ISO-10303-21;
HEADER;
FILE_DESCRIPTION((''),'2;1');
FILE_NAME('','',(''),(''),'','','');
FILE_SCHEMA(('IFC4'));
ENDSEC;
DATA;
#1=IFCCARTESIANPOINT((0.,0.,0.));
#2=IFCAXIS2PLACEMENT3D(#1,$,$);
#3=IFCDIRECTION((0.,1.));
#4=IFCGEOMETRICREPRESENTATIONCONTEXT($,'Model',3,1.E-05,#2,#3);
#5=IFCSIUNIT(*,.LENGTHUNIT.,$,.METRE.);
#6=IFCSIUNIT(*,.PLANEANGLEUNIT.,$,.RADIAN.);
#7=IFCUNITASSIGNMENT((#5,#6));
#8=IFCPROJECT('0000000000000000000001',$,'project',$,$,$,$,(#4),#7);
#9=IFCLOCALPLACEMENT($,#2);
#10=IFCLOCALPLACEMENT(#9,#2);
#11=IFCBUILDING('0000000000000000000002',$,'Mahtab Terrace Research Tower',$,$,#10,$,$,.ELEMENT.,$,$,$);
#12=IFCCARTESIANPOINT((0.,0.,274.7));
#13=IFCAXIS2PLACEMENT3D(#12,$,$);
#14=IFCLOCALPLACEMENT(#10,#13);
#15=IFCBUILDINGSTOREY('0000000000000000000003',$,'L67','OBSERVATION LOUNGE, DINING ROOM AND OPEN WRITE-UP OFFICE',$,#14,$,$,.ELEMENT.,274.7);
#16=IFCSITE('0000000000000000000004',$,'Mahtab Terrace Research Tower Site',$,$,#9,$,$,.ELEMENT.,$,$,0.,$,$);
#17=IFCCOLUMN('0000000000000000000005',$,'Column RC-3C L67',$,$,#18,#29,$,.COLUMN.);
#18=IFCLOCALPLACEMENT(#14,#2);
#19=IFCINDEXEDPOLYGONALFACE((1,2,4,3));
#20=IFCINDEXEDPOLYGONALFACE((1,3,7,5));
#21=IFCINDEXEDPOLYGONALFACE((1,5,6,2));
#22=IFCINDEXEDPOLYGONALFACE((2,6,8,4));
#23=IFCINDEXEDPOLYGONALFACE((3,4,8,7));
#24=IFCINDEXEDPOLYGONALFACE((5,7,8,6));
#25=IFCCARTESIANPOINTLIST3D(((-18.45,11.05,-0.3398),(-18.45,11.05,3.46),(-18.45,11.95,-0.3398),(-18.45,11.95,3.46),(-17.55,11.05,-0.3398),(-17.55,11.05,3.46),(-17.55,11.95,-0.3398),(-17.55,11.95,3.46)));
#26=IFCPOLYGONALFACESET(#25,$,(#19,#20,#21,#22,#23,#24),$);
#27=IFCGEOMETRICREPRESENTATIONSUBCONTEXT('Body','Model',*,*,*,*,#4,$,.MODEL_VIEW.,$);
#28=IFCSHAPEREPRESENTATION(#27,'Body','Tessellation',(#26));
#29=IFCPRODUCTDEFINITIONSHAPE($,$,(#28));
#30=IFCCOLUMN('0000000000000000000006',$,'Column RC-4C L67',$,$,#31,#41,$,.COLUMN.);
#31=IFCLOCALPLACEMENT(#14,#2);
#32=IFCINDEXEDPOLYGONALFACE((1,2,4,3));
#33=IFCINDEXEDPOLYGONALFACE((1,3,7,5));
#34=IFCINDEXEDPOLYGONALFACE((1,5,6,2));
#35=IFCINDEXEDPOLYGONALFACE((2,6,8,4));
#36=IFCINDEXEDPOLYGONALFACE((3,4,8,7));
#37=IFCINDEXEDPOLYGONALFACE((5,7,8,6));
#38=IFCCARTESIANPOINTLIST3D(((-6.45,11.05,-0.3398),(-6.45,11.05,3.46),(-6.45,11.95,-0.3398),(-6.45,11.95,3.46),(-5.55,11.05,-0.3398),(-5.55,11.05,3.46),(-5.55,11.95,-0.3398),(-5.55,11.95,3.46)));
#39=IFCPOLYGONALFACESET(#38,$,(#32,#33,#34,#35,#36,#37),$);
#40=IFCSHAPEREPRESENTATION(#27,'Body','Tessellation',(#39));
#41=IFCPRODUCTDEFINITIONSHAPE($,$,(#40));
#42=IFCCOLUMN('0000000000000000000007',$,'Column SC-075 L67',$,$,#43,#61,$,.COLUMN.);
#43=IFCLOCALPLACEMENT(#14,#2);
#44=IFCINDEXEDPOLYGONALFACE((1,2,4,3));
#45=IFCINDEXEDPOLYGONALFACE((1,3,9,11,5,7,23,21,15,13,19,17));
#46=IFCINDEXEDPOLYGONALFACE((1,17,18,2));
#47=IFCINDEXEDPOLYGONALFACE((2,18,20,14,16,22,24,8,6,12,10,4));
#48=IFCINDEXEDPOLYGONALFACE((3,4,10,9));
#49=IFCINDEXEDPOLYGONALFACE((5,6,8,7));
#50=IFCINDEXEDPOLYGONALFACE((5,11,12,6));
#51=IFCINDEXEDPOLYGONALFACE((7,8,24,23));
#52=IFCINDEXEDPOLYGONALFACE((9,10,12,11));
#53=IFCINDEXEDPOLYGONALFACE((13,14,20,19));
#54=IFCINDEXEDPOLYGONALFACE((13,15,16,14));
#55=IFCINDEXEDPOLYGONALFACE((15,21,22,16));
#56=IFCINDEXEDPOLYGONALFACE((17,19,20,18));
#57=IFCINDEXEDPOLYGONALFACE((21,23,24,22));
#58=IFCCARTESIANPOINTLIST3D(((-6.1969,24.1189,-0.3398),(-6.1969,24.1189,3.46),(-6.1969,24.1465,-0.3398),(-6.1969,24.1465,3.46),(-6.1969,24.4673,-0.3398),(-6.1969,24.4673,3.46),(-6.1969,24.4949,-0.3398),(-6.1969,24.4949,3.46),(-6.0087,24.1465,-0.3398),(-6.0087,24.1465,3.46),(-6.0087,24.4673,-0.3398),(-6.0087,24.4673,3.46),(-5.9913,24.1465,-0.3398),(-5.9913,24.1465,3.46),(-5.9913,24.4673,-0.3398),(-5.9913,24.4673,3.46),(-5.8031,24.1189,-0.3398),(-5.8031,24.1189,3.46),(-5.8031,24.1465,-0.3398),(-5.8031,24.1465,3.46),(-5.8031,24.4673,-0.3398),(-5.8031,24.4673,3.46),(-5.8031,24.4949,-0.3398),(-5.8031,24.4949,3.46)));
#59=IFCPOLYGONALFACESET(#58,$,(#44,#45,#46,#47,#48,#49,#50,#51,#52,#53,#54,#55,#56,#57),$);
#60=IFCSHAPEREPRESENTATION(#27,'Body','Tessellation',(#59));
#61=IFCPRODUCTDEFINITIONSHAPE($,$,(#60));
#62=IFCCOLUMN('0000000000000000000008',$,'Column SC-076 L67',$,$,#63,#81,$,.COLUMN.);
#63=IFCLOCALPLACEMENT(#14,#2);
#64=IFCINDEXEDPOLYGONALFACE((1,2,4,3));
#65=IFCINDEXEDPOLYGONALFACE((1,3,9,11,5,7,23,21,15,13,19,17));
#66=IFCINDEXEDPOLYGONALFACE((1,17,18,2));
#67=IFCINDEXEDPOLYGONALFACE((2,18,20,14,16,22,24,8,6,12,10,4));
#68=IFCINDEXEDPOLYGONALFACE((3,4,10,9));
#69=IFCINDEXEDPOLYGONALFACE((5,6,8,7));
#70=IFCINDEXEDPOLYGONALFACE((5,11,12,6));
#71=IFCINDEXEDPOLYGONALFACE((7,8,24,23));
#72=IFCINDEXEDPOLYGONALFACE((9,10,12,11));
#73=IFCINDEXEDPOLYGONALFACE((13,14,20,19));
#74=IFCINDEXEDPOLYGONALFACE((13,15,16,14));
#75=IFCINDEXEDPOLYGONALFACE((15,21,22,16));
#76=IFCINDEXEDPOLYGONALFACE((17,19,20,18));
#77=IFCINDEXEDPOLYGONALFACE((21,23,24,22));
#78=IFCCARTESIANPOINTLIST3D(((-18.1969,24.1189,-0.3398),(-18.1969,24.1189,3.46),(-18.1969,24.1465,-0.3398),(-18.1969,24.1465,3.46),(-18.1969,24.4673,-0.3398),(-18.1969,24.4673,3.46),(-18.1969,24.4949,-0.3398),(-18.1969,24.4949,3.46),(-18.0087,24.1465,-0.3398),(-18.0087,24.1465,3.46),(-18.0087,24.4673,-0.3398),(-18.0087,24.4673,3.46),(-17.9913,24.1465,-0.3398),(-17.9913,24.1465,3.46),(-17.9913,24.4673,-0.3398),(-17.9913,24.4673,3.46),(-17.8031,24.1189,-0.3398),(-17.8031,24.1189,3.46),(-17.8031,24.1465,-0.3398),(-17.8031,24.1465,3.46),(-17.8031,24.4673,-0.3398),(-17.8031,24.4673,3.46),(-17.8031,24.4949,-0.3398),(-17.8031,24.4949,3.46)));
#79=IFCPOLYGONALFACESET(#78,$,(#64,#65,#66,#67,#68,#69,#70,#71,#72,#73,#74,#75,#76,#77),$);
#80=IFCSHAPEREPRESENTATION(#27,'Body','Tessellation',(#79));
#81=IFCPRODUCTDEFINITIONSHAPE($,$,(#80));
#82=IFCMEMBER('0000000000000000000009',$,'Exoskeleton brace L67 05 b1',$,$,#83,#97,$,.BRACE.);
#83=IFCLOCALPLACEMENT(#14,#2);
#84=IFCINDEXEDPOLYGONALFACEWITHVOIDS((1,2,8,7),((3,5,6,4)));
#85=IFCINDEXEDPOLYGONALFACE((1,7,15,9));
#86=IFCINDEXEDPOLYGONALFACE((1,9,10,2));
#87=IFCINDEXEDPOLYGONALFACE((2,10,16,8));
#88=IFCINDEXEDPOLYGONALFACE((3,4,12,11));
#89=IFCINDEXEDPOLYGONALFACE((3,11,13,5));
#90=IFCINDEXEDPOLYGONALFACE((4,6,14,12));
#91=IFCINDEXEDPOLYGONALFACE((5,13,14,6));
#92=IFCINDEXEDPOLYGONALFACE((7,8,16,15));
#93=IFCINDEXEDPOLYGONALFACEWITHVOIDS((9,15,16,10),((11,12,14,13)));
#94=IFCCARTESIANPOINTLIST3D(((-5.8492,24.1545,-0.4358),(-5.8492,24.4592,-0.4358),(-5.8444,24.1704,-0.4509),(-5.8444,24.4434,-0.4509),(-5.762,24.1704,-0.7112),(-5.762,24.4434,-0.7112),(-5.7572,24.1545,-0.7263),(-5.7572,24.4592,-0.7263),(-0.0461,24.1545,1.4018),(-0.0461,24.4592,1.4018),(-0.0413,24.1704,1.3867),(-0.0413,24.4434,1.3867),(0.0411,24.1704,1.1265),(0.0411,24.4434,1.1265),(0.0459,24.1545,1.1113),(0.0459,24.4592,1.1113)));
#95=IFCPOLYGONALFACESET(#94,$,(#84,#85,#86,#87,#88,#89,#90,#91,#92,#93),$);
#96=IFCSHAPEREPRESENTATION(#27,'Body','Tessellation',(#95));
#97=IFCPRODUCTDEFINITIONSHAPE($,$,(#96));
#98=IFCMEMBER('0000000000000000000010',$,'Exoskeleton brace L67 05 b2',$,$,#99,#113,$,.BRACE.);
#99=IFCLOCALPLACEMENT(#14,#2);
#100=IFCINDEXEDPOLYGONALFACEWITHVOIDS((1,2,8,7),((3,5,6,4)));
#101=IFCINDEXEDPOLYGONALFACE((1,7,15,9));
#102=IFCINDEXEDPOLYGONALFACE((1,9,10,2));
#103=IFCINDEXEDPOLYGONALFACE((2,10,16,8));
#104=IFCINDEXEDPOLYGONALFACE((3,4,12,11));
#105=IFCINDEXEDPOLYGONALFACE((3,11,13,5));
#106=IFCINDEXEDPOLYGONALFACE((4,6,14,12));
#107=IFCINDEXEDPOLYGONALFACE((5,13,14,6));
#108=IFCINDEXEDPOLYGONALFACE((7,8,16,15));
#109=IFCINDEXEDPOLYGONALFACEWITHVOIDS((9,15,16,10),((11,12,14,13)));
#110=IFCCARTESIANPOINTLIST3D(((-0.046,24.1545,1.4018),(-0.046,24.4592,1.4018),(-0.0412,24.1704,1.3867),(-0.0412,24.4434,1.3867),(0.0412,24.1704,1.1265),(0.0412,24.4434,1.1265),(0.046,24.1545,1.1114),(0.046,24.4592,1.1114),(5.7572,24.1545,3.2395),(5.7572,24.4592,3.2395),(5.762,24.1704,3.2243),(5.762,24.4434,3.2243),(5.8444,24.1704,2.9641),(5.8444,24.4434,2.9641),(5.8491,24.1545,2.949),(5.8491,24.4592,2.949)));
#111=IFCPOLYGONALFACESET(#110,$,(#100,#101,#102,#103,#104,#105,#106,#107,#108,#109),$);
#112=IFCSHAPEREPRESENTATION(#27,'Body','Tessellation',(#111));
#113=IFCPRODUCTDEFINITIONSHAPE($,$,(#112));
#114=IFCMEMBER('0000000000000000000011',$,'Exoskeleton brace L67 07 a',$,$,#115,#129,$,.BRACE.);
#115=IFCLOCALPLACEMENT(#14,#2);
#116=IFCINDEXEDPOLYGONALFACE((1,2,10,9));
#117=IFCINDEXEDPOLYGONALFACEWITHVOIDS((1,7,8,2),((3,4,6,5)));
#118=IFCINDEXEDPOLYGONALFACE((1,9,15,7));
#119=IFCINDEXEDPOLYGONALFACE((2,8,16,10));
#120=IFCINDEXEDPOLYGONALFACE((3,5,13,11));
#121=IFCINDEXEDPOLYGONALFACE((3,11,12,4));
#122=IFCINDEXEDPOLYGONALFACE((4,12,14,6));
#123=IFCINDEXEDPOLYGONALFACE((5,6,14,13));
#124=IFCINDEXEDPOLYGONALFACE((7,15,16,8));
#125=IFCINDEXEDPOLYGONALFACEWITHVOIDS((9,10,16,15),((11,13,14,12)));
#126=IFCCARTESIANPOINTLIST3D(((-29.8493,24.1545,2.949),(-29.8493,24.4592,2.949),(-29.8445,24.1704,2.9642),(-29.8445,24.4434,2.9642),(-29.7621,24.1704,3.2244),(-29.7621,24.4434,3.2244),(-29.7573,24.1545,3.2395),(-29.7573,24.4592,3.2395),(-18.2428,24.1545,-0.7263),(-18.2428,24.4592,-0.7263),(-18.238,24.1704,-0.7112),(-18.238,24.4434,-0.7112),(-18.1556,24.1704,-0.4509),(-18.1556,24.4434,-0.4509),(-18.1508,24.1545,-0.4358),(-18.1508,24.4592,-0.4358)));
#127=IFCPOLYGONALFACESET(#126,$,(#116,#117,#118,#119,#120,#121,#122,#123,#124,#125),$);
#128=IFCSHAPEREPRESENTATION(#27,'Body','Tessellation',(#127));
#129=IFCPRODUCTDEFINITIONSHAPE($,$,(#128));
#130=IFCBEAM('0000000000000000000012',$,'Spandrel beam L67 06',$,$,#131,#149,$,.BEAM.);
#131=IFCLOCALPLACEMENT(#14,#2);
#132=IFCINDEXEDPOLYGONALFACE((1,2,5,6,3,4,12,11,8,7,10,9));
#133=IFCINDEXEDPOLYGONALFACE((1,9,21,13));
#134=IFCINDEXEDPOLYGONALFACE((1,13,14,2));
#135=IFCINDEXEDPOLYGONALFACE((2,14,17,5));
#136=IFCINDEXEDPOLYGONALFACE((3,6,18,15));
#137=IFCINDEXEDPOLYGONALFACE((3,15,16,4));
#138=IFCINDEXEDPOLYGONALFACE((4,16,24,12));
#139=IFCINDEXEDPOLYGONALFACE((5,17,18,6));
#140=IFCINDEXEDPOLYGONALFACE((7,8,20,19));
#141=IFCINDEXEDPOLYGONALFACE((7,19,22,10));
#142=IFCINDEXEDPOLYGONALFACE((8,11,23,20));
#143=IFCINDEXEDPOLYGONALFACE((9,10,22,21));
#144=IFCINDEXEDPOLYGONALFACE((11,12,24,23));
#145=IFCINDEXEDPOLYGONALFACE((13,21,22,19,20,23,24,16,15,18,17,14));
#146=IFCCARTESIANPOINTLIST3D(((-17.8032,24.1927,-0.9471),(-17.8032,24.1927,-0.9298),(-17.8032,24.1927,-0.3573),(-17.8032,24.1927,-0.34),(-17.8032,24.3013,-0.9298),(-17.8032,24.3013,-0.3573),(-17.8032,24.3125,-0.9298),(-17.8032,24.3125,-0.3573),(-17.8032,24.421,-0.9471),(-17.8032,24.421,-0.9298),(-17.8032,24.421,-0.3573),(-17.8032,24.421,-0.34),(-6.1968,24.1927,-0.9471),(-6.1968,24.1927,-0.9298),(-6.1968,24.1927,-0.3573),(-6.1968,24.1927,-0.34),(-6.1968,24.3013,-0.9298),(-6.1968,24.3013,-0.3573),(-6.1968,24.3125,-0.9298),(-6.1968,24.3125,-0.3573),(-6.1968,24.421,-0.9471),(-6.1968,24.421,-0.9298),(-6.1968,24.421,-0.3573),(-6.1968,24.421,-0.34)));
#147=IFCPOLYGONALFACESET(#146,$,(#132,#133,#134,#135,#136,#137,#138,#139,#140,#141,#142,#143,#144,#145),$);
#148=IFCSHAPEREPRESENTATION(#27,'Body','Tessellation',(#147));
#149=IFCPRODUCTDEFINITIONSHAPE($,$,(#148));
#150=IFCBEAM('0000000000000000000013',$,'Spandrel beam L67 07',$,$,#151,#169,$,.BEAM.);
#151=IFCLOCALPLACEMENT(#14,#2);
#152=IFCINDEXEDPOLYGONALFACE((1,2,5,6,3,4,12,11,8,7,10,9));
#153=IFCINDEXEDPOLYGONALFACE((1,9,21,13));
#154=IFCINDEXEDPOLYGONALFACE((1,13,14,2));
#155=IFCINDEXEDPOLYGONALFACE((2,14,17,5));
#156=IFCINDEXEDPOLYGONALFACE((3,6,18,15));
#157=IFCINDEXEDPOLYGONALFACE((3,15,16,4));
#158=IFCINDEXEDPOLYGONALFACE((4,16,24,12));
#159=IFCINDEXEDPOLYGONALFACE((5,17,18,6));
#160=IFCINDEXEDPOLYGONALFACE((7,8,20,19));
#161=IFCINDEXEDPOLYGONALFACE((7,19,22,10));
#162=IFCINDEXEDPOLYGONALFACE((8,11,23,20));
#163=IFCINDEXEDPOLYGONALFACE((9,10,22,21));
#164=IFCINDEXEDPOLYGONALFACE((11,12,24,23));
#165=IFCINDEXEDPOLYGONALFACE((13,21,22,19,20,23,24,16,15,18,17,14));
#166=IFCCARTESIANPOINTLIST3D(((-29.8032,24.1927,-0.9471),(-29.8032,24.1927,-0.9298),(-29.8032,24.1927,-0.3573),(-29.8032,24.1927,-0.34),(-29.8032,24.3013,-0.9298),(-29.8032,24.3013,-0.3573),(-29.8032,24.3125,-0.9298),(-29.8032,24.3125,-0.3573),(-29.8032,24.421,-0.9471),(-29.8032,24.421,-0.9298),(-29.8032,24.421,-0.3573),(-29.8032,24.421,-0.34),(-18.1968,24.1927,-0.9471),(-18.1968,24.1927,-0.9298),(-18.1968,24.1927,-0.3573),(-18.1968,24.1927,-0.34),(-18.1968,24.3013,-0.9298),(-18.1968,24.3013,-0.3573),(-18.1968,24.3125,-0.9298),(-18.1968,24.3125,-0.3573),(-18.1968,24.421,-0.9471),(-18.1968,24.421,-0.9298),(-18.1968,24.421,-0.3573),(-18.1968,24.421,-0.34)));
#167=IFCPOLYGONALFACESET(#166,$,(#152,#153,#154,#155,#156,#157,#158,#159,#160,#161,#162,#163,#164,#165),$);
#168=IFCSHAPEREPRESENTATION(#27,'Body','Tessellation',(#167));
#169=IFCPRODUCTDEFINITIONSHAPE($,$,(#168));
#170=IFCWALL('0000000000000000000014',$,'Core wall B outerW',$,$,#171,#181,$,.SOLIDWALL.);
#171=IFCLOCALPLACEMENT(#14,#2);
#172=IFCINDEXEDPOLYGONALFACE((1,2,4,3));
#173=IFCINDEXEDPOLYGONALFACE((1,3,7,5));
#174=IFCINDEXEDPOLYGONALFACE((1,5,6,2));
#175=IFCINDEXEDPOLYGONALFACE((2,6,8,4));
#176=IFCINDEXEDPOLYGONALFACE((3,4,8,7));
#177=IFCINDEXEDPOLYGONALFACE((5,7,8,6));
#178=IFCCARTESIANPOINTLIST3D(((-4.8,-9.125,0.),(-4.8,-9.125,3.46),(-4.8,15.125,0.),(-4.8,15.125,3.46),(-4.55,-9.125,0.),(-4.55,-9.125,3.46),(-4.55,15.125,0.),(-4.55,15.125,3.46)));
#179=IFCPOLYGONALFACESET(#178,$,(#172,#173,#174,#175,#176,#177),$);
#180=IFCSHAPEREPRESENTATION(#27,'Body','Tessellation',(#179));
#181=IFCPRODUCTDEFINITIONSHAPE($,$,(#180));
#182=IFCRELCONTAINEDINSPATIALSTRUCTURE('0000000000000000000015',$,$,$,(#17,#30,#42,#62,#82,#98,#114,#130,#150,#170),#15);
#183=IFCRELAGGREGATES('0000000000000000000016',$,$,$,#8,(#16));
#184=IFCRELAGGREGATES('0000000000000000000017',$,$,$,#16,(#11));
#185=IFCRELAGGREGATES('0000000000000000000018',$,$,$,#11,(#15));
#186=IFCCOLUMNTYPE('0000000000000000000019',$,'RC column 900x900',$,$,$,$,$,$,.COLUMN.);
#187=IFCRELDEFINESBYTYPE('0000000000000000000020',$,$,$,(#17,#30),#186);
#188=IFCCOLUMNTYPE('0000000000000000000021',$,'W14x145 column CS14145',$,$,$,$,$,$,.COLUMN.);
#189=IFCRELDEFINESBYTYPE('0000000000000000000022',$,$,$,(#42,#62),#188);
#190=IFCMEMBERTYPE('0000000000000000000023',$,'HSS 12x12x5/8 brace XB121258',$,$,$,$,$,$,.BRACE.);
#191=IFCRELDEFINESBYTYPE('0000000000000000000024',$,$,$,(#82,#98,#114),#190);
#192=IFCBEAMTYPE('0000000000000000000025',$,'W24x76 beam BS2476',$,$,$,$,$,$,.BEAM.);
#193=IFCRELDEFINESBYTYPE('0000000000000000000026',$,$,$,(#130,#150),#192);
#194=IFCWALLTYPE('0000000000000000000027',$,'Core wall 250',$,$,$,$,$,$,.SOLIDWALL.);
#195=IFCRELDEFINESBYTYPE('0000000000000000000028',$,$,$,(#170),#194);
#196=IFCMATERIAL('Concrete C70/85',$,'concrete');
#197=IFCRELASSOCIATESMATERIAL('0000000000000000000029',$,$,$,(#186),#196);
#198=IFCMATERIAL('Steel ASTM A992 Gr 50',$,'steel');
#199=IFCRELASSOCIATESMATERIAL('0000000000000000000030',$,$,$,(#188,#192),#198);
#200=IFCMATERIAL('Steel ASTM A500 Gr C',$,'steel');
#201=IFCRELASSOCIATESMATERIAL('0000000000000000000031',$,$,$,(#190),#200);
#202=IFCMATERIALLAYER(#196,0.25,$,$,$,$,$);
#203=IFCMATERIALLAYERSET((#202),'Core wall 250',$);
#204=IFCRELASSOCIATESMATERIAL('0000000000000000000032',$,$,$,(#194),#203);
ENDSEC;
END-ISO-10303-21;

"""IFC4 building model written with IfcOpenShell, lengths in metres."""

from ifc_helpers import new_model, si_unit, direction, frame, frame_2d, origin, origin_2d, place, context, subcontext, project, spatial, rectangle, hollow_rectangle, i_section, extrude, material, layer, layer_set, material_profile, profile_set, type_object, element, save


model = new_model("IFC4")

# Units and contexts
model_context = context("Model", 3, precision=1e-05, world=origin(), true_north=direction((0.0, 1.0)))
body_context = subcontext(model_context, "Body", "Model", "MODEL_VIEW")
ifc_project = project(units=[si_unit("LENGTHUNIT", "METRE"), si_unit("PLANEANGLEUNIT", "RADIAN")], contexts=[model_context])

# Site, building, storey
site_placement = place(None, origin())
site = spatial("IfcSite", under=ifc_project, at=site_placement, Name="Mahtab Terrace Research Tower Site", CompositionType="ELEMENT", RefElevation=0.0)
building_placement = place(site_placement, origin())
building = spatial("IfcBuilding", under=site, at=building_placement, Name="Mahtab Terrace Research Tower", CompositionType="ELEMENT")
storey_placement = place(building_placement, frame((0.0, 0.0, 274.7)))
storey = spatial("IfcBuildingStorey", under=building, at=storey_placement, Name="L67", Description="OBSERVATION LOUNGE, DINING ROOM AND OPEN WRITE-UP OFFICE", CompositionType="ELEMENT", Elevation=274.7)

# Columns
ifc_material_1 = material(Name="Concrete C70/85", Category="concrete")
ifc_material_profile_1 = material_profile(ifc_material_1, rectangle(XDim=0.8999, YDim=0.8999, at=origin_2d()), Name="RC column 900x900")
ifc_profile_set_1 = profile_set([ifc_material_profile_1], Name="Concrete C70/85")
column_type_1 = type_object("IfcColumnType", Name="RC column 900x900", PredefinedType="COLUMN", material=ifc_profile_set_1)
for number, where, z_axis, x_axis, name in (
    (1, (-18.0, 11.5, -0.3398), (0.0, 0.0, 1.0), (1.0, 0.0, 0.0), "Column RC-3C L67"),
    (2, (-6.0, 11.5, -0.3398), (0.0, 0.0, 1.0), (1.0, 0.0, 0.0), "Column RC-4C L67"),
):
    element("IfcColumn", number, at=place(storey_placement, frame(where, z_axis=z_axis, x_axis=x_axis)), inside=storey, type_object=column_type_1, Name=name, PredefinedType="COLUMN", context=body_context, shape_type="SweptSolid", body=[
        extrude(rectangle(XDim=0.8999, YDim=0.8999, at=origin_2d()), origin(), (0.0, 0.0, 1.0), 3.7998),
    ])
ifc_material_2 = material(Name="Steel ASTM A992 Gr 50", Category="steel")
ifc_material_profile_2 = material_profile(ifc_material_2, i_section(OverallWidth=0.3938, OverallDepth=0.376, WebThickness=0.0173, FlangeThickness=0.0276, at=origin_2d()), Name="W14X145")
ifc_profile_set_2 = profile_set([ifc_material_profile_2], Name="Steel ASTM A992 Gr 50")
column_type_2 = type_object("IfcColumnType", Name="W14x145 column CS14145", PredefinedType="COLUMN", material=ifc_profile_set_2)
for number, where, z_axis, x_axis, name in (
    (3, (-6.0, 24.3069, -0.3398), (0.0, 0.0, 1.0), (1.0, 0.0, 0.0), "Column SC-075 L67"),
    (4, (-18.0, 24.3069, -0.3398), (0.0, 0.0, 1.0), (1.0, 0.0, 0.0), "Column SC-076 L67"),
):
    element("IfcColumn", number, at=place(storey_placement, frame(where, z_axis=z_axis, x_axis=x_axis)), inside=storey, type_object=column_type_2, Name=name, PredefinedType="COLUMN", context=body_context, shape_type="SweptSolid", body=[
        extrude(i_section(OverallWidth=0.3938, OverallDepth=0.376, WebThickness=0.0173, FlangeThickness=0.0276, at=origin_2d()), origin(), (0.0, 0.0, 1.0), 3.7998),
    ])

# Members
ifc_material_3 = material(Name="Steel ASTM A500 Gr C", Category="steel")
ifc_material_profile_3 = material_profile(ifc_material_3, hollow_rectangle(XDim=0.3047, YDim=0.3047, WallThickness=0.0159, at=origin_2d()), Name="HSS12X12X5/8")
ifc_profile_set_3 = profile_set([ifc_material_profile_3], Name="Steel ASTM A500 Gr C")
member_type = type_object("IfcMemberType", Name="HSS 12x12x5/8 brace XB121258", PredefinedType="BRACE", material=ifc_profile_set_3)
for number, where, z_axis, x_axis, name in (
    (5, (-5.8032, 24.3069, -0.5811), (0.953344, 0.0, 0.301886), (0.0, 1.0, 0.0), "Exoskeleton brace L67 05 b1"),
    (6, (0.0, 24.3069, 1.2566), (0.953344, 0.0, 0.301886), (0.0, 1.0, 0.0), "Exoskeleton brace L67 05 b2"),
):
    element("IfcMember", number, at=place(storey_placement, frame(where, z_axis=z_axis, x_axis=x_axis)), inside=storey, type_object=member_type, Name=name, PredefinedType="BRACE", context=body_context, shape_type="SweptSolid", body=[
        extrude(hollow_rectangle(XDim=0.3047, YDim=0.3047, WallThickness=0.0159, at=origin_2d()), origin(), (0.0, 0.0, 1.0), 6.0872),
    ])
member_placement = place(storey_placement, frame((-18.1968, 24.3069, -0.5811), z_axis=(-0.953344, 0.0, 0.301886), x_axis=(0.0, -1.0, 0.0)))
element("IfcMember", 7, at=member_placement, inside=storey, type_object=member_type, Name="Exoskeleton brace L67 07 a", PredefinedType="BRACE", context=body_context, shape_type="SweptSolid", body=[
    extrude(hollow_rectangle(XDim=0.3047, YDim=0.3047, WallThickness=0.0159, at=origin_2d()), origin(), (0.0, 0.0, 1.0), 12.1746),
])

# Beams
ifc_material_profile_4 = material_profile(ifc_material_2, i_section(OverallWidth=0.2283, OverallDepth=0.6072, WebThickness=0.0112, FlangeThickness=0.0173, at=origin_2d()), Name="W24X76")
ifc_profile_set_4 = profile_set([ifc_material_profile_4], Name="Steel ASTM A992 Gr 50")
beam_type = type_object("IfcBeamType", Name="W24x76 beam BS2476", PredefinedType="BEAM", material=ifc_profile_set_4)
for number, where, z_axis, x_axis, name in (
    (8, (-6.1968, 24.3069, -0.6436), (-1.0, 0.0, 0.0), (0.0, -1.0, 0.0), "Spandrel beam L67 06"),
    (9, (-18.1968, 24.3069, -0.6436), (-1.0, 0.0, 0.0), (0.0, -1.0, 0.0), "Spandrel beam L67 07"),
):
    element("IfcBeam", number, at=place(storey_placement, frame(where, z_axis=z_axis, x_axis=x_axis)), inside=storey, type_object=beam_type, Name=name, PredefinedType="BEAM", context=body_context, shape_type="SweptSolid", body=[
        extrude(i_section(OverallWidth=0.2283, OverallDepth=0.6072, WebThickness=0.0112, FlangeThickness=0.0173, at=origin_2d()), origin(), (0.0, 0.0, 1.0), 11.6064),
    ])

# Wall
ifc_layer_1 = layer(ifc_material_1, 0.25)
ifc_layer_set_1 = layer_set([ifc_layer_1], Name="Core wall 250")
wall_type_1 = type_object("IfcWallType", Name="Core wall 250", PredefinedType="SOLIDWALL", material=ifc_layer_set_1)
wall_1_placement = place(storey_placement, frame((-4.675, 15.125, 0.0), z_axis=(0.0, 0.0, 1.0), x_axis=(0.0, -1.0, 0.0)))
element("IfcWall", 10, at=wall_1_placement, inside=storey, type_object=wall_type_1, Name="Core wall B outerW", PredefinedType="SOLIDWALL", context=body_context, shape_type="SweptSolid", body=[
    extrude(rectangle(XDim=24.25, YDim=0.25, at=frame_2d((12.125, 0.0))), origin(), (0.0, 0.0, 1.0), 3.46),
])

save(model, "model.ifc")
